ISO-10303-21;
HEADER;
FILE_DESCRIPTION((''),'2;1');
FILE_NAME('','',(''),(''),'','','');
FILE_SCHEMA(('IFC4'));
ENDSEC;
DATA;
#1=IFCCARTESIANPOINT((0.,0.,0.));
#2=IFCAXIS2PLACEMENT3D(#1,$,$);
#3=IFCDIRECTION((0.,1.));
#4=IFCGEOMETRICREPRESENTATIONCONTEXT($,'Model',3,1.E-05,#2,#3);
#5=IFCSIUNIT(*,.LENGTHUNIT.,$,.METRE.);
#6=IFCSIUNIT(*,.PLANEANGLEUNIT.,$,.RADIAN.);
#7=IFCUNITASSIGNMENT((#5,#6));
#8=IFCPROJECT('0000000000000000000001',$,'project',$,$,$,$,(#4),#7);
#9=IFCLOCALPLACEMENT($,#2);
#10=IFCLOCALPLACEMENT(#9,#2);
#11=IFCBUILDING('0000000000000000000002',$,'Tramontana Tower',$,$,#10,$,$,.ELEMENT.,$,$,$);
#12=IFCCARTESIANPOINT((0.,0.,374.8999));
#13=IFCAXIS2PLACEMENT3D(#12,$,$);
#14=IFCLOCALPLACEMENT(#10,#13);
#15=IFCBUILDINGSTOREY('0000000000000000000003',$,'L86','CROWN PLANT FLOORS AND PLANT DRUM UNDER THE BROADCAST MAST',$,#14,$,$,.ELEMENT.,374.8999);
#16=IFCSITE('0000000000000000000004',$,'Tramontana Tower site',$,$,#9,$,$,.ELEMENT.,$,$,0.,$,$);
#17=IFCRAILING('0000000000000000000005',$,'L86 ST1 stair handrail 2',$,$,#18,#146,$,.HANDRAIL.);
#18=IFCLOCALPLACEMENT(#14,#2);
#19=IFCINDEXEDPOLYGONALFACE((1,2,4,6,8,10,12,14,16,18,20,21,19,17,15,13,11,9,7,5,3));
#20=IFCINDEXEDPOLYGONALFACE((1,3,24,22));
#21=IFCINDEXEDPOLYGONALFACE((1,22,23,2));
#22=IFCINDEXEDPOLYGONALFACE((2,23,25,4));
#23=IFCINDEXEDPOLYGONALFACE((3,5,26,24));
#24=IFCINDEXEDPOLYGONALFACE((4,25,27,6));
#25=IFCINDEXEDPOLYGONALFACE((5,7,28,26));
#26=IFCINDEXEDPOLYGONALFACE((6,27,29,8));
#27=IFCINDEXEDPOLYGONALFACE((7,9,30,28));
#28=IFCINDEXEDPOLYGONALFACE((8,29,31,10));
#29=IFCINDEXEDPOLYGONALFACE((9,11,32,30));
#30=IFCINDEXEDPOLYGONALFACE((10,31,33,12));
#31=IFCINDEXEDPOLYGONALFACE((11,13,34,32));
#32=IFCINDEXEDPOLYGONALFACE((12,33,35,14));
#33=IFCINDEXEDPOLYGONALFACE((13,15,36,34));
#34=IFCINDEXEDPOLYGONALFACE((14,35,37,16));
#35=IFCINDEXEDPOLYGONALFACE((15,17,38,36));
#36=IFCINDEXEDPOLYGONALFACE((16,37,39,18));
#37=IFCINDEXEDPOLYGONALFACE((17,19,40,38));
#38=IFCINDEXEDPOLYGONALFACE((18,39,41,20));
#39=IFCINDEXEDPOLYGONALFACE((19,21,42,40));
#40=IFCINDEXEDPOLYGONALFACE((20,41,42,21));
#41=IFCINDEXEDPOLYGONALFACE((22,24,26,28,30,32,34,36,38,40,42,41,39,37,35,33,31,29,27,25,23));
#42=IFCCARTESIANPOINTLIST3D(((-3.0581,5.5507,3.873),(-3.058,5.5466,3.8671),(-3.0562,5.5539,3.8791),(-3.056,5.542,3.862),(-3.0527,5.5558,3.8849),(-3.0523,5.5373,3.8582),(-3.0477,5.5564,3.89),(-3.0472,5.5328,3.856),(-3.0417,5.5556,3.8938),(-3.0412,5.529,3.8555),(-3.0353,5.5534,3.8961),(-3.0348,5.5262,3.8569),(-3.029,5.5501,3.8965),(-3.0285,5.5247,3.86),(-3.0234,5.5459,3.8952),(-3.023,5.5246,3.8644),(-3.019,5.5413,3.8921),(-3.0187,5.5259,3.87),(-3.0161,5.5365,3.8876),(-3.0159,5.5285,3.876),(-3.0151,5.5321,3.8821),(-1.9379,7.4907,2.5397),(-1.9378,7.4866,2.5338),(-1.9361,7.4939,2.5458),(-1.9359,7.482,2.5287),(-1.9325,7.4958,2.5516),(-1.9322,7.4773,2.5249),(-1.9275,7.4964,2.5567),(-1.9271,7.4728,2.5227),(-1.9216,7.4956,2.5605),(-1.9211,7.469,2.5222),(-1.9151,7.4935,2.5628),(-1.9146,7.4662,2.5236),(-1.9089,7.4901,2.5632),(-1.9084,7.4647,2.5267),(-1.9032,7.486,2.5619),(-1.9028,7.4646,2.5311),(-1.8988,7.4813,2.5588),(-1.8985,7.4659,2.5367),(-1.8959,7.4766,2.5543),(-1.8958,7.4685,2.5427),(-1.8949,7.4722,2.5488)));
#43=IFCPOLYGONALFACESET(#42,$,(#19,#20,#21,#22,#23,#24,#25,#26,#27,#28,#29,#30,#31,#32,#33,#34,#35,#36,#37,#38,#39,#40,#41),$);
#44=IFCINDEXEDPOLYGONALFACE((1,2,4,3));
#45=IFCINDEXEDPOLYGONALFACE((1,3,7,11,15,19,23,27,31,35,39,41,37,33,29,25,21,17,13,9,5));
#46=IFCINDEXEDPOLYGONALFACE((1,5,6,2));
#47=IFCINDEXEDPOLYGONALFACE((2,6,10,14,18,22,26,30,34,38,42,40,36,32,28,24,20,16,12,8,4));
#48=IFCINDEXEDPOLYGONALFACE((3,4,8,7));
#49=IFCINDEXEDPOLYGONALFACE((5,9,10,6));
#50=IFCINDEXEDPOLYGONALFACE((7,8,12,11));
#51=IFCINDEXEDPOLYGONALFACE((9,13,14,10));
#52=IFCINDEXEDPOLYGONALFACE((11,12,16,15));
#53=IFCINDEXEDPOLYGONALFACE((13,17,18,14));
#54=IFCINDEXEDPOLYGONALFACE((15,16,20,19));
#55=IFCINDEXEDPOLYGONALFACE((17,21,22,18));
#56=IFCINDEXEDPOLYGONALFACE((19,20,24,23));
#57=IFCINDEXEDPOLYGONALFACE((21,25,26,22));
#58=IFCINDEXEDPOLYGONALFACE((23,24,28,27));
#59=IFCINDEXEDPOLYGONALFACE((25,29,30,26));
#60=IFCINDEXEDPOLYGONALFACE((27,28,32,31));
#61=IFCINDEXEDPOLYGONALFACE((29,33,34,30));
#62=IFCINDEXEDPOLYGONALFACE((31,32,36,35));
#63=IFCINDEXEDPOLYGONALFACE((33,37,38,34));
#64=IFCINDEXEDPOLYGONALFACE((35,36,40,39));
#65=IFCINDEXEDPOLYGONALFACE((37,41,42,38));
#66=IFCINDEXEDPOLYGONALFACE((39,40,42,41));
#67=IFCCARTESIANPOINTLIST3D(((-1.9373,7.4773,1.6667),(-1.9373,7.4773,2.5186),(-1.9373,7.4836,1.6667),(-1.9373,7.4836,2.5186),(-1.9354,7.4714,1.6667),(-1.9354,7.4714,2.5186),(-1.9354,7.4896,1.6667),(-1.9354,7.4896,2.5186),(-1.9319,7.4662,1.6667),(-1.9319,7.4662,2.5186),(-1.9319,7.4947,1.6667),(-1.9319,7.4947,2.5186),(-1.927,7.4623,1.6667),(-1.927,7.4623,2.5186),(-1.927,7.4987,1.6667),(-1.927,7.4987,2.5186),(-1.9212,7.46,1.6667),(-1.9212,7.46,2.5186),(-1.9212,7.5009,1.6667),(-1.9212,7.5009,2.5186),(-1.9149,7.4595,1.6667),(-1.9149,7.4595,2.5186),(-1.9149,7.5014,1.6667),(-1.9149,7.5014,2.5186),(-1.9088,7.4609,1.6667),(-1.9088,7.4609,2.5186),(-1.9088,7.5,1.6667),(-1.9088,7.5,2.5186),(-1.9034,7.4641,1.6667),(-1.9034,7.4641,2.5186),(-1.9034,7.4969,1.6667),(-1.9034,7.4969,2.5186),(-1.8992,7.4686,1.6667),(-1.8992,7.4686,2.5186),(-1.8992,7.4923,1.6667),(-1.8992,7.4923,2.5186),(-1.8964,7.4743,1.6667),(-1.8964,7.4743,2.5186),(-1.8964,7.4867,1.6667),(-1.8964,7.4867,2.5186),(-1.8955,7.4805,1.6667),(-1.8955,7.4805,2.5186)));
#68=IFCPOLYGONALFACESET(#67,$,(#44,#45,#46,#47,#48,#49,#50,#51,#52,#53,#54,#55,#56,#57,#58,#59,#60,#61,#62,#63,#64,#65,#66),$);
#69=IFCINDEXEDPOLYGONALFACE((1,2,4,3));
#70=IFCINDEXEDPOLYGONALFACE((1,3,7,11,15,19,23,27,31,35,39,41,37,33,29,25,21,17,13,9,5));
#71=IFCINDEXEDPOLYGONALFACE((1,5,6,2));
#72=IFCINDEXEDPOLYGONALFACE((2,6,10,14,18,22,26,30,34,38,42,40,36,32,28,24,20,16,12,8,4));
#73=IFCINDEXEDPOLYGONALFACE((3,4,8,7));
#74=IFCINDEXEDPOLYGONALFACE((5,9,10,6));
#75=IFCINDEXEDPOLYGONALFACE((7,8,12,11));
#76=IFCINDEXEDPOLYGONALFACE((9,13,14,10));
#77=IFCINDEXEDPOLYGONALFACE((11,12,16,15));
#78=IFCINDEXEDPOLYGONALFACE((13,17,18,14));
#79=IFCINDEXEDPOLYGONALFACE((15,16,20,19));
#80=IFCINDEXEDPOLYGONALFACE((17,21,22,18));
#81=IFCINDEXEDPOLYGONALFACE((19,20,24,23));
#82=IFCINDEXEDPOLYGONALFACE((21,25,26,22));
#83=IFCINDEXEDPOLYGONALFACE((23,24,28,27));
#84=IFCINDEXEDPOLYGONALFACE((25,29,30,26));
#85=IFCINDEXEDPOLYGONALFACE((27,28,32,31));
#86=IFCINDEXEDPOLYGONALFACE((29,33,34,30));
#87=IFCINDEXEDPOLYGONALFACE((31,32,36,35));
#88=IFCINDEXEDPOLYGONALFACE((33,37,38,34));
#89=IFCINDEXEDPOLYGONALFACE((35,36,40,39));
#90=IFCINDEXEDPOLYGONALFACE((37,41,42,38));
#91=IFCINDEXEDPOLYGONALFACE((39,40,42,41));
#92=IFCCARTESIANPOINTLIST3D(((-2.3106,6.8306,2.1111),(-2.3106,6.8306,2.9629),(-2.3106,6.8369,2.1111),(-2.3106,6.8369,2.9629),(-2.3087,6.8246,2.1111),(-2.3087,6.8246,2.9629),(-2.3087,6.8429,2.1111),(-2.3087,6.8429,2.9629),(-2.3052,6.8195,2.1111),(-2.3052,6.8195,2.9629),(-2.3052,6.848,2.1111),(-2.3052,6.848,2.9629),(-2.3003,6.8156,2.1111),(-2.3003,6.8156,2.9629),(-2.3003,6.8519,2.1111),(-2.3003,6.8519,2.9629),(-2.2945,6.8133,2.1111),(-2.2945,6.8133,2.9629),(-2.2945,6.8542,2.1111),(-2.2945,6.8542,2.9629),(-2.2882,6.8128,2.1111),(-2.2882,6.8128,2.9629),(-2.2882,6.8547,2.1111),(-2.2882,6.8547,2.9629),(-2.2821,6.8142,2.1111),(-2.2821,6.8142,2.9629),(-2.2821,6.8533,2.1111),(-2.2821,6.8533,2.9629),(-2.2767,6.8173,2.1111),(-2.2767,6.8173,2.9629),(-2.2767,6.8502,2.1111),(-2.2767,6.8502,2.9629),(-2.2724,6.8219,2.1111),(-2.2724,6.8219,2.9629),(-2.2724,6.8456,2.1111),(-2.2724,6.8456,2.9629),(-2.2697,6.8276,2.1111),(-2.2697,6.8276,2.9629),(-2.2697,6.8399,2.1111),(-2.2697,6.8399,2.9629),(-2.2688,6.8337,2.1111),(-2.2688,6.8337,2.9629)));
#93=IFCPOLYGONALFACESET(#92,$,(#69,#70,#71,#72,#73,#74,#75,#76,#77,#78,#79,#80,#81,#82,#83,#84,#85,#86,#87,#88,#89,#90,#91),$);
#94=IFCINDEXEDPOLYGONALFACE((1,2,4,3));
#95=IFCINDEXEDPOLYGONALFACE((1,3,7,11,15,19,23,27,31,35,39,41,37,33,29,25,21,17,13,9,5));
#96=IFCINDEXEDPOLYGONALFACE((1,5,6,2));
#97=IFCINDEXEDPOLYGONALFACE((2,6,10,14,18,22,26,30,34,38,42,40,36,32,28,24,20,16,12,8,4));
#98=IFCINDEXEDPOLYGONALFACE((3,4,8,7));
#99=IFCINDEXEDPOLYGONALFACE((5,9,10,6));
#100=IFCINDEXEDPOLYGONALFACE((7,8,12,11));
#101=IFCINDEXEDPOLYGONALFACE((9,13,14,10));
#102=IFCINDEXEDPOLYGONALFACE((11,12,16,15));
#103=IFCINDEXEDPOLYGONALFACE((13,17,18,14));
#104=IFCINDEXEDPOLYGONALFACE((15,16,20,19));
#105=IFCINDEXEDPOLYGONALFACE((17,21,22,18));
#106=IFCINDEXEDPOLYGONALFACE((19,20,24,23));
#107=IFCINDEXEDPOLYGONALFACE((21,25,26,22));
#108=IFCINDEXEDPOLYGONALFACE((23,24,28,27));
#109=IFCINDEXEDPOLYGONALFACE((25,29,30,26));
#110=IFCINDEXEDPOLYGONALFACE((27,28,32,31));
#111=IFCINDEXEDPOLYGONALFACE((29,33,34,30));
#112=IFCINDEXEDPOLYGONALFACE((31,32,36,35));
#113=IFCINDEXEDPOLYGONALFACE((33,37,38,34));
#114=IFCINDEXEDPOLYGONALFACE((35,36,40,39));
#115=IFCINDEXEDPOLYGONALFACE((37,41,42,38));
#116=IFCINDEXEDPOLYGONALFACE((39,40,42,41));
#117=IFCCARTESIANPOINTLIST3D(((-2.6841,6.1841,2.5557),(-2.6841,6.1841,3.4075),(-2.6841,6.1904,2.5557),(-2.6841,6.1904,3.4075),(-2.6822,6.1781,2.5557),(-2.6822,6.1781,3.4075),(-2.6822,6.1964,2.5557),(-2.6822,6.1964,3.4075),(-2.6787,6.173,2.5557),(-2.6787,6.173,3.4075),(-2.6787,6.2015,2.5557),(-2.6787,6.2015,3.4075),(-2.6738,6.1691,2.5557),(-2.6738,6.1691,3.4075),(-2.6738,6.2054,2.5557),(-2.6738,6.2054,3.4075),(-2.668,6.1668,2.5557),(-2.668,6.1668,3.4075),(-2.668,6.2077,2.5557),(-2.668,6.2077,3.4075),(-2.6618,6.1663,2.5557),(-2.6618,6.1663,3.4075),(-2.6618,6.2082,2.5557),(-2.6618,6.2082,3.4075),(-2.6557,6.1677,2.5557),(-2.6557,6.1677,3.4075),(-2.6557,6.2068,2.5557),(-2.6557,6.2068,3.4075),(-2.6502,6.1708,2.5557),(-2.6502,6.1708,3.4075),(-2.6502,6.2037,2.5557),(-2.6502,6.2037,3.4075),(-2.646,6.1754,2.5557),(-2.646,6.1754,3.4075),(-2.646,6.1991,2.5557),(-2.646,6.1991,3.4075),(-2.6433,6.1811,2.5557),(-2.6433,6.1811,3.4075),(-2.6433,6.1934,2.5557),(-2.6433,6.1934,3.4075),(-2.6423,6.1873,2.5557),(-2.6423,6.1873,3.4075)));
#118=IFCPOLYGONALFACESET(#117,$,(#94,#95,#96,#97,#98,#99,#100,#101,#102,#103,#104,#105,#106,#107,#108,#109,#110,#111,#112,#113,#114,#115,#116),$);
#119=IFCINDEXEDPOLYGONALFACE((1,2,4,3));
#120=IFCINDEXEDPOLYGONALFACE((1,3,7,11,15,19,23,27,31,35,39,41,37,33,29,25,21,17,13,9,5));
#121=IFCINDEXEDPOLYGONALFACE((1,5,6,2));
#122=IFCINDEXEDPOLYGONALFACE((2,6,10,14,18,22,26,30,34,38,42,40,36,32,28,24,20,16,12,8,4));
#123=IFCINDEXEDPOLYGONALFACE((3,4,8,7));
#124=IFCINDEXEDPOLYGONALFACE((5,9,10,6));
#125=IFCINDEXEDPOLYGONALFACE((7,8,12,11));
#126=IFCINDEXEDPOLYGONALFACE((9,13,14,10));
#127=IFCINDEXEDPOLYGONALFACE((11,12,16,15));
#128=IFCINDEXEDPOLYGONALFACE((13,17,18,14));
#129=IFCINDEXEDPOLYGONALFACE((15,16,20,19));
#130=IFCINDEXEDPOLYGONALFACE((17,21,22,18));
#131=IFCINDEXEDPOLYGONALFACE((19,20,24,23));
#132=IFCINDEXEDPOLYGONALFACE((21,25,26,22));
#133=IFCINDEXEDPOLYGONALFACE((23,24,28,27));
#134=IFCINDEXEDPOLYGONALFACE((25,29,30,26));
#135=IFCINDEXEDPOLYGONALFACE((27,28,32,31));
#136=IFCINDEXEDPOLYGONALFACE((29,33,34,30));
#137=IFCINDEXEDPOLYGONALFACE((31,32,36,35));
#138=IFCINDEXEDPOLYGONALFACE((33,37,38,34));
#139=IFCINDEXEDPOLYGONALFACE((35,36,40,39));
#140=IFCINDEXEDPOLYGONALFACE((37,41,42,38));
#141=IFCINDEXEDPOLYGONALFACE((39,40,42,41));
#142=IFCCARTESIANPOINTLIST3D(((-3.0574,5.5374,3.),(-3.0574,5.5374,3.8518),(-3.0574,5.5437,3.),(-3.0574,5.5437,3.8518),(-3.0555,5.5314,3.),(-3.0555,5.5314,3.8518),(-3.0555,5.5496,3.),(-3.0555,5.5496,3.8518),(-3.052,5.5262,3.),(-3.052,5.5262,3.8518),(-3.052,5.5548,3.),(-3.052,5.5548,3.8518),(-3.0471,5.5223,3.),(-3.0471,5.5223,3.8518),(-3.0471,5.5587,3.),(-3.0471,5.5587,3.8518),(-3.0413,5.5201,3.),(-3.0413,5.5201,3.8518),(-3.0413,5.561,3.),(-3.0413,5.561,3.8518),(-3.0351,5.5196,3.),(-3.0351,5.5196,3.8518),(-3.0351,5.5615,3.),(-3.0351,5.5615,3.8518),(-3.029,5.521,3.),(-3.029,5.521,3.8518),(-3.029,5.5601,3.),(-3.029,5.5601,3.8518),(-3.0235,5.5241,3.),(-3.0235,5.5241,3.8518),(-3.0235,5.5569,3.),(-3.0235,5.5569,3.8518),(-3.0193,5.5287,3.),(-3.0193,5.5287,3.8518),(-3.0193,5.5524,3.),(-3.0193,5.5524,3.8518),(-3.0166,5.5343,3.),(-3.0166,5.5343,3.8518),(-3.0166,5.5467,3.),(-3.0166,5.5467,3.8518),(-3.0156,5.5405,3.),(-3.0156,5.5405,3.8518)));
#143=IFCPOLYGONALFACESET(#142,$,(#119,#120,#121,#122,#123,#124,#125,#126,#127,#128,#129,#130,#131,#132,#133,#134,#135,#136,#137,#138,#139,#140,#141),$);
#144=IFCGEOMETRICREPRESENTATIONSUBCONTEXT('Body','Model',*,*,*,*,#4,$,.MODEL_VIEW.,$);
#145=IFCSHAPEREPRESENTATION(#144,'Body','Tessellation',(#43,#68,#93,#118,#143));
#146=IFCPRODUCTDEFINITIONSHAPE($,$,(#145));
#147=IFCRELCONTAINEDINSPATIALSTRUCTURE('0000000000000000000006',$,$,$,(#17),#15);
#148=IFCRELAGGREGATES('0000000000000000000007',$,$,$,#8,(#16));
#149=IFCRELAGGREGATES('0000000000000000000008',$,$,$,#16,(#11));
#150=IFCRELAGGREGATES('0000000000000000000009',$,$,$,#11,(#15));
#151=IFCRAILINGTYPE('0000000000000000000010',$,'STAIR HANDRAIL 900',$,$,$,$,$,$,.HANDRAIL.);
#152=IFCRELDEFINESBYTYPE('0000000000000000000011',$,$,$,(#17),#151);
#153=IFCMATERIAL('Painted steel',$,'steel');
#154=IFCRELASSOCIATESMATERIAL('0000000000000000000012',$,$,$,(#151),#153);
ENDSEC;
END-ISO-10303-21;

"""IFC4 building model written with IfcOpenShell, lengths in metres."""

from ifc_helpers import new_model, si_unit, direction, frame, origin, origin_2d, place, context, subcontext, project, spatial, circle, extrude, material, type_object, element, save


model = new_model("IFC4")

# Units and contexts
model_context = context("Model", 3, precision=1e-05, world=origin(), true_north=direction((0.0, 1.0)))
body_context = subcontext(model_context, "Body", "Model", "MODEL_VIEW")
ifc_project = project(units=[si_unit("LENGTHUNIT", "METRE"), si_unit("PLANEANGLEUNIT", "RADIAN")], contexts=[model_context])

# Site, building, storey
site_placement = place(None, origin())
site = spatial("IfcSite", under=ifc_project, at=site_placement, Name="Tramontana Tower site", CompositionType="ELEMENT", RefElevation=0.0)
building_placement = place(site_placement, origin())
building = spatial("IfcBuilding", under=site, at=building_placement, Name="Tramontana Tower", CompositionType="ELEMENT")
storey_placement = place(building_placement, frame((0.0, 0.0, 374.8999)))
storey = spatial("IfcBuildingStorey", under=building, at=storey_placement, Name="L86", Description="CROWN PLANT FLOORS AND PLANT DRUM UNDER THE BROADCAST MAST", CompositionType="ELEMENT", Elevation=374.8999)

# Railing
ifc_material_1 = material(Name="Painted steel", Category="steel")
railing_type_1 = type_object("IfcRailingType", Name="STAIR HANDRAIL 900", PredefinedType="HANDRAIL", material=ifc_material_1)
railing_1_placement = place(storey_placement, frame((-1.9165, 7.4805, 1.6667)))
element("IfcRailing", 1, at=railing_1_placement, inside=storey, type_object=railing_type_1, Name="L86 ST1 stair handrail 2", PredefinedType="HANDRAIL", context=body_context, shape_type="SweptSolid", body=[
    extrude(circle(Radius=0.0239, at=origin_2d()), frame((0.0, 0.0, 0.876), z_axis=(-0.429684, -0.744175, 0.511444), x_axis=(0.866008, -0.500031, 0.0)), (0.0, 0.0, 1.0), 2.6069),
    extrude(circle(Radius=0.021, at=origin_2d()), origin(), (0.0, 0.0, 1.0), 0.8518),
    extrude(circle(Radius=0.021, at=origin_2d()), frame((-0.3733, -0.6467, 0.4443)), (0.0, 0.0, 1.0), 0.8518),
    extrude(circle(Radius=0.021, at=origin_2d()), frame((-0.7468, -1.2932, 0.8889)), (0.0, 0.0, 1.0), 0.8518),
    extrude(circle(Radius=0.021, at=origin_2d()), frame((-1.1201, -1.9399, 1.3333)), (0.0, 0.0, 1.0), 0.8518),
])

save(model, "model.ifc")
